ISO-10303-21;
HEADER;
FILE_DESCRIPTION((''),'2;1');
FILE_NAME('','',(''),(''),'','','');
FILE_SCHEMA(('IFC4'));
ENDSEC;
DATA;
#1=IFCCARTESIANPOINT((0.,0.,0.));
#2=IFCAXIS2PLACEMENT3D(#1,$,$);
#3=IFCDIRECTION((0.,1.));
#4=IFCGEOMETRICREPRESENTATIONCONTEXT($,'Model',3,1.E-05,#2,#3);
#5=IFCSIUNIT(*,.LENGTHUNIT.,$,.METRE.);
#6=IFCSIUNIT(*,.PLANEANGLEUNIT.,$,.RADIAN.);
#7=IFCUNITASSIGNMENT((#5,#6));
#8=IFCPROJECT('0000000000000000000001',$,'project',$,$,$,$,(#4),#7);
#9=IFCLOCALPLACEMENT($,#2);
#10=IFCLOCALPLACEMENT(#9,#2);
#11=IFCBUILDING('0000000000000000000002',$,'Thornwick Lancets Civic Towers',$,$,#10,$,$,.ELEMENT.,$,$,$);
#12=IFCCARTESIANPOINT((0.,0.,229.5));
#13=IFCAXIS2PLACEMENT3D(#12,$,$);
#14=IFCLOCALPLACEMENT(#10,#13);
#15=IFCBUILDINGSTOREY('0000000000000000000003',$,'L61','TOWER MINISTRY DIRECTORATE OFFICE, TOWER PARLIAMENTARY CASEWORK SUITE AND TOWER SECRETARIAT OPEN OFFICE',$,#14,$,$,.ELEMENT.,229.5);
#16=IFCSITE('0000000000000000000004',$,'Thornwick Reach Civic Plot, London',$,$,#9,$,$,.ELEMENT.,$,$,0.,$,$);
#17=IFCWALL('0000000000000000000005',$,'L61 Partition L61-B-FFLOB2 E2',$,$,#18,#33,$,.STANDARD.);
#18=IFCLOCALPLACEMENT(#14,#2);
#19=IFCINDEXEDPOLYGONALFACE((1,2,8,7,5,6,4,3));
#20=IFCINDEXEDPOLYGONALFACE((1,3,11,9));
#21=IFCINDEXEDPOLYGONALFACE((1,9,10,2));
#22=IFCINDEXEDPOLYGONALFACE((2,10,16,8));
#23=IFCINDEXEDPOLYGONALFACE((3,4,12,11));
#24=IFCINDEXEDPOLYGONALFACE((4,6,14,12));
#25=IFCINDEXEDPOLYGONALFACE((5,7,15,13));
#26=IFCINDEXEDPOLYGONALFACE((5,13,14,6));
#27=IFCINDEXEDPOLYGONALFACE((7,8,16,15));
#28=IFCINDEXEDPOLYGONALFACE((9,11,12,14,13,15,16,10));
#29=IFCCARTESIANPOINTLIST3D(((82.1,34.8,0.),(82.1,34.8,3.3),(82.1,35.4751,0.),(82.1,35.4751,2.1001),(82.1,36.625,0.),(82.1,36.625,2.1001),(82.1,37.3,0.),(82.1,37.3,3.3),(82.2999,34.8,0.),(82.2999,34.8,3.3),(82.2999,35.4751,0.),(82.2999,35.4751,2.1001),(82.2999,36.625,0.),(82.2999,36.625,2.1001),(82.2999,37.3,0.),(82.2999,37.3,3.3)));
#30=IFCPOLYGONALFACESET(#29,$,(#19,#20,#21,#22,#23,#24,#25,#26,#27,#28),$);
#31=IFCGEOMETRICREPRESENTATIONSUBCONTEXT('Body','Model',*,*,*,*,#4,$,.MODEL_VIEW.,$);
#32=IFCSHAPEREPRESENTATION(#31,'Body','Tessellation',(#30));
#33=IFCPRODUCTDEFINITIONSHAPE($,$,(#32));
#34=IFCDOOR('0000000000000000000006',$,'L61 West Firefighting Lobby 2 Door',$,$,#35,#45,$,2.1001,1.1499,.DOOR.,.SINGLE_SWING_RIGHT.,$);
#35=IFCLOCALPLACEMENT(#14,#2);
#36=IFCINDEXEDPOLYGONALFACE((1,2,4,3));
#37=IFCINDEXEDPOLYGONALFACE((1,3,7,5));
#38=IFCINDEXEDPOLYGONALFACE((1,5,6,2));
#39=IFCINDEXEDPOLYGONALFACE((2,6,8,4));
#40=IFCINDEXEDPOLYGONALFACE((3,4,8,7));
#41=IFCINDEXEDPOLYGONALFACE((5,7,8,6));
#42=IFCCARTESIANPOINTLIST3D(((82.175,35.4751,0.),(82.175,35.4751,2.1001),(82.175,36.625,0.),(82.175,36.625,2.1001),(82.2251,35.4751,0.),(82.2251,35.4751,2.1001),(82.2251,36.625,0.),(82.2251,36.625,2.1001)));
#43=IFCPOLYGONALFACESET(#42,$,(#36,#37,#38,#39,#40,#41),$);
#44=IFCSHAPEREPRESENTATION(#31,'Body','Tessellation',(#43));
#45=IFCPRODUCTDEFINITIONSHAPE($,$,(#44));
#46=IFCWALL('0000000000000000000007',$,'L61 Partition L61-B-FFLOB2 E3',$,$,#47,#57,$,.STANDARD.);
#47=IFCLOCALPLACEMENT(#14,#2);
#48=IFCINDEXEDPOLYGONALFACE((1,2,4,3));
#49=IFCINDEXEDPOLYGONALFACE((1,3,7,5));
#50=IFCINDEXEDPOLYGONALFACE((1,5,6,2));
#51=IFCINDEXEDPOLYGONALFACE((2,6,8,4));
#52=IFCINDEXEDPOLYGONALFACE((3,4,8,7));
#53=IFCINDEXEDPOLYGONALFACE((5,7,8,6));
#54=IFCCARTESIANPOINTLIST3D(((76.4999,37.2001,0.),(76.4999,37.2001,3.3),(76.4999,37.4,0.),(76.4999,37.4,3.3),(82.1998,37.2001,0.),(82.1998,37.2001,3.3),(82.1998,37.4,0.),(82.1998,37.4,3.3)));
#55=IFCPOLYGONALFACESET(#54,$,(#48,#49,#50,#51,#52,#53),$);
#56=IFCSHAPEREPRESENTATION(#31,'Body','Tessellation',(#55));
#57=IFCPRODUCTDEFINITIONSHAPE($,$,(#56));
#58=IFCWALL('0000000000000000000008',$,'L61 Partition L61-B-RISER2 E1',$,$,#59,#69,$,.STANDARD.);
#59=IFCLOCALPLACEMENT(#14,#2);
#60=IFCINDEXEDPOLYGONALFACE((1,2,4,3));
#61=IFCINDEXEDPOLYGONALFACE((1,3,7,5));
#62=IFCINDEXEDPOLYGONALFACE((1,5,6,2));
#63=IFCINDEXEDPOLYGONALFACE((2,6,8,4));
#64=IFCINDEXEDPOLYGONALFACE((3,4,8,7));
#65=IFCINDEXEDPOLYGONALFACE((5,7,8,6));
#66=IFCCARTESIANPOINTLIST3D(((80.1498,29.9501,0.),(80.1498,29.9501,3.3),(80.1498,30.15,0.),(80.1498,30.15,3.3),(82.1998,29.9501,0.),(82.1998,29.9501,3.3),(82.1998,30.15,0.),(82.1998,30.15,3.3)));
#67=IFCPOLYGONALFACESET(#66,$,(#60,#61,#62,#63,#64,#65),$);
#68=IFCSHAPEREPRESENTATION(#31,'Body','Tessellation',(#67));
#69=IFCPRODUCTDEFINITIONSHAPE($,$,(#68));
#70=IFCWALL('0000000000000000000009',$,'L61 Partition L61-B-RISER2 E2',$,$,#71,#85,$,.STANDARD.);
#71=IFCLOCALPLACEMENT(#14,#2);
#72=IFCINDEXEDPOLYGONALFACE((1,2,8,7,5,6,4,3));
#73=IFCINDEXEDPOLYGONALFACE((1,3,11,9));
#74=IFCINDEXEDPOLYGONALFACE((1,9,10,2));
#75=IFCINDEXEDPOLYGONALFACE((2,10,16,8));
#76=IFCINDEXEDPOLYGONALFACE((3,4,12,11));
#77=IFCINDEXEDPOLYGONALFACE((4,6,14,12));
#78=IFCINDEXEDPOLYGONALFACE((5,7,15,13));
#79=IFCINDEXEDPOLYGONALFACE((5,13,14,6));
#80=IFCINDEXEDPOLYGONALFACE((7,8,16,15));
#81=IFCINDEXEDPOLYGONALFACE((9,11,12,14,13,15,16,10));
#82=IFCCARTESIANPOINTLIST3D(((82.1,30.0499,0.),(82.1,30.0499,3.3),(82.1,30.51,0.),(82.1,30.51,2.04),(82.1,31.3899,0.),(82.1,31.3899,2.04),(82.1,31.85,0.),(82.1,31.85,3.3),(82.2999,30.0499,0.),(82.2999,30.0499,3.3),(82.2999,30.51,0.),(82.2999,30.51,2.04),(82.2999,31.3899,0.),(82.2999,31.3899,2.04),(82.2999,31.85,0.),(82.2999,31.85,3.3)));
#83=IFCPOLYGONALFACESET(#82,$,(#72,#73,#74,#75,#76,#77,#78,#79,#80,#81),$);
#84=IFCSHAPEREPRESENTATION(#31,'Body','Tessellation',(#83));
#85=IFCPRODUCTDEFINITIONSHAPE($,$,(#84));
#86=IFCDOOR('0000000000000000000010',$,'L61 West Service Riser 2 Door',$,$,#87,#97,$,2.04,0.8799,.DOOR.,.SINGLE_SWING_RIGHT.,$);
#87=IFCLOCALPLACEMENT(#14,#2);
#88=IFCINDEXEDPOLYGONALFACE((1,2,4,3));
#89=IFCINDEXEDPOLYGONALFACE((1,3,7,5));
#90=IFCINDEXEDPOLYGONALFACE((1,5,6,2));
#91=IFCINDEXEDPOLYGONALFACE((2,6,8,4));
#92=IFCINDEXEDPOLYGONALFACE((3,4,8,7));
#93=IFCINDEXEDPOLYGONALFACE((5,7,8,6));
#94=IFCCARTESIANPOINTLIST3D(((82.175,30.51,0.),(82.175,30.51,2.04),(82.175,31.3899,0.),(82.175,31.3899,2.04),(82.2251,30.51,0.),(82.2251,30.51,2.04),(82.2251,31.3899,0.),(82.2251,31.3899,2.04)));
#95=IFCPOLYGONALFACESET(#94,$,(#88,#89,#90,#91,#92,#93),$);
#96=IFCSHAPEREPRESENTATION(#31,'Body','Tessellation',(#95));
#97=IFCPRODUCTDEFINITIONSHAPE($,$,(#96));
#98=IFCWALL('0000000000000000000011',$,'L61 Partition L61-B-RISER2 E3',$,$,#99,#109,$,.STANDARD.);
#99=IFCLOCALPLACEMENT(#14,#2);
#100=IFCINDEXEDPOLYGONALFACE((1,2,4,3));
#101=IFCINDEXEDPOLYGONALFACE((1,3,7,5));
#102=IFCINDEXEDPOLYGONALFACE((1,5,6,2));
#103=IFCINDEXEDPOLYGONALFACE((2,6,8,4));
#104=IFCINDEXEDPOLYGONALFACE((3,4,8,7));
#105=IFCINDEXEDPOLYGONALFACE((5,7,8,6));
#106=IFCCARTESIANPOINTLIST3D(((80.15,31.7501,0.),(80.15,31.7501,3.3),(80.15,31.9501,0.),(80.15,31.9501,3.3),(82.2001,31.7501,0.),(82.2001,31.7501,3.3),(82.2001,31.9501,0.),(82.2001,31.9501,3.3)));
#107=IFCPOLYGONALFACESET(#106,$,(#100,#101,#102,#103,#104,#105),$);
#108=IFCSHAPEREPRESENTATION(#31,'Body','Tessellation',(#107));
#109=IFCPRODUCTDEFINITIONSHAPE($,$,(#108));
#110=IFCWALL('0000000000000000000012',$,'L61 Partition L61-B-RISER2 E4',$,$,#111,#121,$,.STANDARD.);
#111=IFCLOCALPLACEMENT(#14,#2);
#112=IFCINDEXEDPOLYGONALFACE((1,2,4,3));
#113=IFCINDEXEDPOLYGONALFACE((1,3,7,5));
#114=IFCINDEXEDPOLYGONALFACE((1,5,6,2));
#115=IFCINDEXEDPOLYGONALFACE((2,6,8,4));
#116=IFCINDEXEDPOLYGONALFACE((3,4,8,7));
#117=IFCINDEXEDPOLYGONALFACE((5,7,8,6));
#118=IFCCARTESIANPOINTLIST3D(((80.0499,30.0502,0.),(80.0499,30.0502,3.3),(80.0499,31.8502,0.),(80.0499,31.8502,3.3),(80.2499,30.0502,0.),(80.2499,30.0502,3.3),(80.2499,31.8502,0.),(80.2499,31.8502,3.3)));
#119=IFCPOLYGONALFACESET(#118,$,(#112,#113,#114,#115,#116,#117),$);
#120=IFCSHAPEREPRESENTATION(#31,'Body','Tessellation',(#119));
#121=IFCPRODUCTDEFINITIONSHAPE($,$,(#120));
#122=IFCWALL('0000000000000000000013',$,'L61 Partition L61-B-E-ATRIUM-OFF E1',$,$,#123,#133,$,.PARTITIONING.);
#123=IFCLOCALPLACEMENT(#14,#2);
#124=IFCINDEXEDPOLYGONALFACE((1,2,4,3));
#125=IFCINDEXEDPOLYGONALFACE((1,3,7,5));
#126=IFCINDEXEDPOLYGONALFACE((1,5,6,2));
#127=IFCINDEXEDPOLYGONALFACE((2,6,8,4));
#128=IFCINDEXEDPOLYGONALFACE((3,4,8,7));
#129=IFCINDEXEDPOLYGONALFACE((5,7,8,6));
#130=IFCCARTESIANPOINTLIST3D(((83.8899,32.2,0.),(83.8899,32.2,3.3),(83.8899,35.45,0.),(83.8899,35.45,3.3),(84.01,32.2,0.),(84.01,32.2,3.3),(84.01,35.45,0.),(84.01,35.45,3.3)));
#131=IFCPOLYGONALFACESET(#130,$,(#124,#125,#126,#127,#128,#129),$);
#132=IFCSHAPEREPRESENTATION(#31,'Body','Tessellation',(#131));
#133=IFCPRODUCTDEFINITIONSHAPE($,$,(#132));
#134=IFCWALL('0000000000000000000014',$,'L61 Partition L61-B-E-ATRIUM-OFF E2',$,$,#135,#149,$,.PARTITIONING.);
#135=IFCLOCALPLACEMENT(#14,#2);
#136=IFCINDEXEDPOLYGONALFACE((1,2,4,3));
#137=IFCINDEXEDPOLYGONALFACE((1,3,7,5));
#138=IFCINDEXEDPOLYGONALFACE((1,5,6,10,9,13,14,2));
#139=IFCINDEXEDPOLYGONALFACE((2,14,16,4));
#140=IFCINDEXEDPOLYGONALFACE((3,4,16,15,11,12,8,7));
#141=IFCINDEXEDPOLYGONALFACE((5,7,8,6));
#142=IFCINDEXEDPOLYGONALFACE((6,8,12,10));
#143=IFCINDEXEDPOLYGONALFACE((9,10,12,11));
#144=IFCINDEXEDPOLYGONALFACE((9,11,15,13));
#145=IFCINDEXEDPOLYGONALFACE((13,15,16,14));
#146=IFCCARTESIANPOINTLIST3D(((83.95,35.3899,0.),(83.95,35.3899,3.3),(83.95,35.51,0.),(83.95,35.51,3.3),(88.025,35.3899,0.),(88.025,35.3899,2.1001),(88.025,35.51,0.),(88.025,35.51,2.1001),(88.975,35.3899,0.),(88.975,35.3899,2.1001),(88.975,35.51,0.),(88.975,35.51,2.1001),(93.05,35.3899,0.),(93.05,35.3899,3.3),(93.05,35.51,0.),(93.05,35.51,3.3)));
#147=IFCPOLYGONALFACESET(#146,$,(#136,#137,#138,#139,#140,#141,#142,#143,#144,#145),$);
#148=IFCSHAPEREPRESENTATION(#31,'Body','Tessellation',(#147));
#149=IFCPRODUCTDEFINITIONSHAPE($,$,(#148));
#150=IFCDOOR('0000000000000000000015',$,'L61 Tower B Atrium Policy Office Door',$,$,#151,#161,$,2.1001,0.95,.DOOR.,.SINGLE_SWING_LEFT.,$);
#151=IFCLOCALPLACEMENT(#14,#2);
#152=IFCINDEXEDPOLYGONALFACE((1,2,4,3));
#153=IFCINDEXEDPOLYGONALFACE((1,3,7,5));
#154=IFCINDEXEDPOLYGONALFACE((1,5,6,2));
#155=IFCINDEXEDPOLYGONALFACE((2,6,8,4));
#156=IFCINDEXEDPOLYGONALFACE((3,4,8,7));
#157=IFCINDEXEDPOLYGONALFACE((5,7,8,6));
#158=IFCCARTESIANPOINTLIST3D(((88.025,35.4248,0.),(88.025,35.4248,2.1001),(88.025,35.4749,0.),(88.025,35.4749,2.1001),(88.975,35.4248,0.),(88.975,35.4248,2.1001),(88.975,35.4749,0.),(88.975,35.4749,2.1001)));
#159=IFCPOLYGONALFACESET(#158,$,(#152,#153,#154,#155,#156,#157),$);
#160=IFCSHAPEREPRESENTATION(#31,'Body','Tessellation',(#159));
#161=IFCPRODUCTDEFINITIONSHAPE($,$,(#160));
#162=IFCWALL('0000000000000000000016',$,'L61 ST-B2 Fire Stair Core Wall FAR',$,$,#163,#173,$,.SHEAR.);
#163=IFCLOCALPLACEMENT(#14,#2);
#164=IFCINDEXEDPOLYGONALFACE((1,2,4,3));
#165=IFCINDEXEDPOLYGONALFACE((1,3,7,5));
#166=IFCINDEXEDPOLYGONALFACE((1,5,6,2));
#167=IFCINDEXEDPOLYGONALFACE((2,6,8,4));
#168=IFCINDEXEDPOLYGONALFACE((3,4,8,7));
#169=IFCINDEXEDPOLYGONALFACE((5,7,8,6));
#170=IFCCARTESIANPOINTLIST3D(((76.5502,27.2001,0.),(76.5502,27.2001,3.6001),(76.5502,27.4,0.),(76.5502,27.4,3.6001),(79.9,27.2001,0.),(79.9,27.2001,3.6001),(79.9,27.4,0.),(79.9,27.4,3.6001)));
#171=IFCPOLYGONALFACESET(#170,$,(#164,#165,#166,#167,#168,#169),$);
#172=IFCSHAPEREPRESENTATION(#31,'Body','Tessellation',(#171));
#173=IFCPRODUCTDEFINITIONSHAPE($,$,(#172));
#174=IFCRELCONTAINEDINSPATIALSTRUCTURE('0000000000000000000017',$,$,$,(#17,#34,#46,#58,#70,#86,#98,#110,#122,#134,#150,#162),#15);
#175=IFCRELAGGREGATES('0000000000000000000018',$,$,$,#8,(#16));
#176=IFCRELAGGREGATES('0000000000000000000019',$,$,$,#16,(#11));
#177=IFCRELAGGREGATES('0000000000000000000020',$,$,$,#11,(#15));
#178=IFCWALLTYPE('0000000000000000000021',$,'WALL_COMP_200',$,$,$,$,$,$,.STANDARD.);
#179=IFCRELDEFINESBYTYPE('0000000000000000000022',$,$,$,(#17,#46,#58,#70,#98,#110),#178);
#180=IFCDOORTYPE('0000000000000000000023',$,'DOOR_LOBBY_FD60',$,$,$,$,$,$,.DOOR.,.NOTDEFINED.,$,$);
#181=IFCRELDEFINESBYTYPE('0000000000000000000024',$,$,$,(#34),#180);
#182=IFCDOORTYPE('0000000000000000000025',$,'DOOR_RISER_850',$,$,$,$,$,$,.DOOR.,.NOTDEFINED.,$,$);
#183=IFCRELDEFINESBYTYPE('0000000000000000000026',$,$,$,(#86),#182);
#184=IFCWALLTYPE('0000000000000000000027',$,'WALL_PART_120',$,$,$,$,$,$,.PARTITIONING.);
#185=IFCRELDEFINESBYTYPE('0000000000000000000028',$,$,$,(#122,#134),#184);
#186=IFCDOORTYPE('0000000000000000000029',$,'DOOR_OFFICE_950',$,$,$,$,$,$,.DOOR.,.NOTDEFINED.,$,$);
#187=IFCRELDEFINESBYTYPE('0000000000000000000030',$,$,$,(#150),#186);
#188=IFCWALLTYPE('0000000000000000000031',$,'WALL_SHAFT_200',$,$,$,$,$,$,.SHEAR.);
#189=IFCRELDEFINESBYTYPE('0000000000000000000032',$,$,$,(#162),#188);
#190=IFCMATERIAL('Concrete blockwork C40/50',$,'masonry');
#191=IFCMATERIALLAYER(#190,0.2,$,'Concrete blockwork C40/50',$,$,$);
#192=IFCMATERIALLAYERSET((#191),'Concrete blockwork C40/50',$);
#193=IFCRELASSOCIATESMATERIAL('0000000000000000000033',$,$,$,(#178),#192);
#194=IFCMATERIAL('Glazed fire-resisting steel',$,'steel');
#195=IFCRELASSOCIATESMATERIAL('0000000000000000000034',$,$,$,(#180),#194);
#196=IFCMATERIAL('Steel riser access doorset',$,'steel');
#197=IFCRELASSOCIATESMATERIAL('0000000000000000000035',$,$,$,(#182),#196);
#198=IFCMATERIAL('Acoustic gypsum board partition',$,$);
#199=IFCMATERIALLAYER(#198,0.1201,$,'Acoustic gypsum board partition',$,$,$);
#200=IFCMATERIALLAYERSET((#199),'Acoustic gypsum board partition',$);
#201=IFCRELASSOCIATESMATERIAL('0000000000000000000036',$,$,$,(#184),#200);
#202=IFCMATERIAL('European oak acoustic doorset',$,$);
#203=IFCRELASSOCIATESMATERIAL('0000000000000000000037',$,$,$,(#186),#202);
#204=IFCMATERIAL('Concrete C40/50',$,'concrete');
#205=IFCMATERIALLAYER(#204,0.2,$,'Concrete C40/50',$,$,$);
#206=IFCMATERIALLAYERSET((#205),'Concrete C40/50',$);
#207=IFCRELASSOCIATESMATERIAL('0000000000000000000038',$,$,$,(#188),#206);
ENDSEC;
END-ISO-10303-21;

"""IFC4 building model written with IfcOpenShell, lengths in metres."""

from ifc_helpers import new_model, si_unit, direction, frame, frame_2d, origin, place, context, subcontext, project, spatial, rectangle, extrude, material, layer, layer_set, type_object, element, fill, save


model = new_model("IFC4")

# Units and contexts
model_context = context("Model", 3, precision=1e-05, world=origin(), true_north=direction((0.0, 1.0)))
body_context = subcontext(model_context, "Body", "Model", "MODEL_VIEW")
ifc_project = project(units=[si_unit("LENGTHUNIT", "METRE"), si_unit("PLANEANGLEUNIT", "RADIAN")], contexts=[model_context])

# Site, building, storey
site_placement = place(None, origin())
site = spatial("IfcSite", under=ifc_project, at=site_placement, Name="Thornwick Reach Civic Plot, London", CompositionType="ELEMENT", RefElevation=0.0)
building_placement = place(site_placement, origin())
building = spatial("IfcBuilding", under=site, at=building_placement, Name="Thornwick Lancets Civic Towers", CompositionType="ELEMENT")
storey_placement = place(building_placement, frame((0.0, 0.0, 229.5)))
storey = spatial("IfcBuildingStorey", under=building, at=storey_placement, Name="L61", Description="TOWER MINISTRY DIRECTORATE OFFICE, TOWER PARLIAMENTARY CASEWORK SUITE AND TOWER SECRETARIAT OPEN OFFICE", CompositionType="ELEMENT", Elevation=229.5)

# Shared definitions
ifc_material_1 = material(Name="Concrete blockwork C40/50", Category="masonry")
ifc_layer_1 = layer(ifc_material_1, 0.2, Name="Concrete blockwork C40/50")
ifc_layer_set_1 = layer_set([ifc_layer_1], Name="Concrete blockwork C40/50")
wall_type_1 = type_object("IfcWallType", Name="WALL_COMP_200", PredefinedType="STANDARD", material=ifc_layer_set_1)

# Wall, opening, door
wall_1_placement = place(storey_placement, frame((82.2, 34.8, 0.0), z_axis=(0.0, 0.0, 1.0), x_axis=(0.0, 1.0, 0.0)))
wall_1 = element("IfcWall", 1, at=wall_1_placement, inside=storey, type_object=wall_type_1, Name="L61 Partition L61-B-FFLOB2 E2", PredefinedType="STANDARD", context=body_context, shape_type="SweptSolid", body=[
    extrude(rectangle(XDim=2.5, YDim=0.2, at=frame_2d((1.25, 0.0))), origin(), (0.0, 0.0, 1.0), 3.3),
])
opening_1_placement = place(wall_1_placement, frame((0.675, 0.0, 0.0)))
opening_1 = element("IfcOpeningElement", 2, at=opening_1_placement, cuts=wall_1, PredefinedType="OPENING", context=body_context, shape_type="SweptSolid", body=[
    extrude(rectangle(XDim=1.1499, YDim=2.1001, at=frame_2d((0.575, 1.05))), frame((0.0, 0.1099, 0.0), z_axis=(0.0, -1.0, 0.0), x_axis=(1.0, 0.0, 0.0)), (0.0, 0.0, 1.0), 0.22),
])
ifc_material_2 = material(Name="Glazed fire-resisting steel", Category="steel")
door_type_1 = type_object("IfcDoorType", Name="DOOR_LOBBY_FD60", OperationType="NOTDEFINED", PredefinedType="DOOR", material=ifc_material_2)
door_1_placement = place(opening_1_placement, origin())
door_1 = element("IfcDoor", 3, at=door_1_placement, inside=storey, type_object=door_type_1, Name="L61 West Firefighting Lobby 2 Door", OperationType="SINGLE_SWING_RIGHT", OverallHeight=2.1001, OverallWidth=1.1499, PredefinedType="DOOR", context=body_context, shape_type="SweptSolid", body=[
    extrude(rectangle(XDim=1.1499, YDim=2.1001, at=frame_2d((0.575, 1.05))), frame((0.0, 0.0249, 0.0), z_axis=(0.0, -1.0, 0.0), x_axis=(1.0, 0.0, 0.0)), (0.0, 0.0, 1.0), 0.05),
])
fill(opening_1, door_1)

# Walls
wall_2_placement = place(storey_placement, frame((82.2, 37.3, 0.0), z_axis=(0.0, 0.0, 1.0), x_axis=(-1.0, 0.0, 0.0)))
element("IfcWall", 4, at=wall_2_placement, inside=storey, type_object=wall_type_1, Name="L61 Partition L61-B-FFLOB2 E3", PredefinedType="STANDARD", context=body_context, shape_type="SweptSolid", body=[
    extrude(rectangle(XDim=5.7, YDim=0.2, at=frame_2d((2.8501, 0.0))), origin(), (0.0, 0.0, 1.0), 3.3),
])
wall_3_placement = place(storey_placement, frame((80.1499, 30.05, 0.0), z_axis=(0.0, 0.0, 1.0), x_axis=(1.0, 0.0, 0.0)))
element("IfcWall", 5, at=wall_3_placement, inside=storey, type_object=wall_type_1, Name="L61 Partition L61-B-RISER2 E1", PredefinedType="STANDARD", context=body_context, shape_type="SweptSolid", body=[
    extrude(rectangle(XDim=2.05, YDim=0.2, at=frame_2d((1.0249, 0.0))), origin(), (0.0, 0.0, 1.0), 3.3),
])

# Wall, opening, door
wall_4_placement = place(storey_placement, frame((82.2, 30.05, 0.0), z_axis=(0.0, 0.0, 1.0), x_axis=(0.0, 1.0, 0.0)))
wall_4 = element("IfcWall", 6, at=wall_4_placement, inside=storey, type_object=wall_type_1, Name="L61 Partition L61-B-RISER2 E2", PredefinedType="STANDARD", context=body_context, shape_type="SweptSolid", body=[
    extrude(rectangle(XDim=1.8, YDim=0.2, at=frame_2d((0.8999, 0.0))), origin(), (0.0, 0.0, 1.0), 3.3),
])
opening_2_placement = place(wall_4_placement, frame((0.46, 0.0, 0.0)))
opening_2 = element("IfcOpeningElement", 7, at=opening_2_placement, cuts=wall_4, PredefinedType="OPENING", context=body_context, shape_type="SweptSolid", body=[
    extrude(rectangle(XDim=0.8799, YDim=2.04, at=frame_2d((0.4399, 1.02))), frame((0.0, 0.1099, 0.0), z_axis=(0.0, -1.0, 0.0), x_axis=(1.0, 0.0, 0.0)), (0.0, 0.0, 1.0), 0.22),
])
ifc_material_3 = material(Name="Steel riser access doorset", Category="steel")
door_type_2 = type_object("IfcDoorType", Name="DOOR_RISER_850", OperationType="NOTDEFINED", PredefinedType="DOOR", material=ifc_material_3)
door_2_placement = place(opening_2_placement, origin())
door_2 = element("IfcDoor", 8, at=door_2_placement, inside=storey, type_object=door_type_2, Name="L61 West Service Riser 2 Door", OperationType="SINGLE_SWING_RIGHT", OverallHeight=2.04, OverallWidth=0.8799, PredefinedType="DOOR", context=body_context, shape_type="SweptSolid", body=[
    extrude(rectangle(XDim=0.8799, YDim=2.04, at=frame_2d((0.4399, 1.02))), frame((0.0, 0.0249, 0.0), z_axis=(0.0, -1.0, 0.0), x_axis=(1.0, 0.0, 0.0)), (0.0, 0.0, 1.0), 0.05),
])
fill(opening_2, door_2)

# Walls
wall_5_placement = place(storey_placement, frame((82.2, 31.8501, 0.0), z_axis=(0.0, 0.0, 1.0), x_axis=(-1.0, 0.0, 0.0)))
element("IfcWall", 9, at=wall_5_placement, inside=storey, type_object=wall_type_1, Name="L61 Partition L61-B-RISER2 E3", PredefinedType="STANDARD", context=body_context, shape_type="SweptSolid", body=[
    extrude(rectangle(XDim=2.05, YDim=0.2, at=frame_2d((1.0249, 0.0))), origin(), (0.0, 0.0, 1.0), 3.3),
])
wall_6_placement = place(storey_placement, frame((80.1499, 31.8501, 0.0), z_axis=(0.0, 0.0, 1.0), x_axis=(0.0, -1.0, 0.0)))
element("IfcWall", 10, at=wall_6_placement, inside=storey, type_object=wall_type_1, Name="L61 Partition L61-B-RISER2 E4", PredefinedType="STANDARD", context=body_context, shape_type="SweptSolid", body=[
    extrude(rectangle(XDim=1.8, YDim=0.2, at=frame_2d((0.8999, 0.0))), origin(), (0.0, 0.0, 1.0), 3.3),
])
ifc_material_4 = material(Name="Acoustic gypsum board partition")
ifc_layer_2 = layer(ifc_material_4, 0.1201, Name="Acoustic gypsum board partition")
ifc_layer_set_2 = layer_set([ifc_layer_2], Name="Acoustic gypsum board partition")
wall_type_2 = type_object("IfcWallType", Name="WALL_PART_120", PredefinedType="PARTITIONING", material=ifc_layer_set_2)
wall_7_placement = place(storey_placement, frame((83.95, 32.2, 0.0), z_axis=(0.0, 0.0, 1.0), x_axis=(0.0, 1.0, 0.0)))
element("IfcWall", 11, at=wall_7_placement, inside=storey, type_object=wall_type_2, Name="L61 Partition L61-B-E-ATRIUM-OFF E1", PredefinedType="PARTITIONING", context=body_context, shape_type="SweptSolid", body=[
    extrude(rectangle(XDim=3.25, YDim=0.1201, at=frame_2d((1.625, 0.0))), origin(), (0.0, 0.0, 1.0), 3.3),
])

# Wall, opening, door
wall_8_placement = place(storey_placement, frame((83.95, 35.45, 0.0), z_axis=(0.0, 0.0, 1.0), x_axis=(1.0, 0.0, 0.0)))
wall_8 = element("IfcWall", 12, at=wall_8_placement, inside=storey, type_object=wall_type_2, Name="L61 Partition L61-B-E-ATRIUM-OFF E2", PredefinedType="PARTITIONING", context=body_context, shape_type="SweptSolid", body=[
    extrude(rectangle(XDim=9.1001, YDim=0.1201, at=frame_2d((4.55, 0.0))), origin(), (0.0, 0.0, 1.0), 3.3),
])
opening_3_placement = place(wall_8_placement, frame((4.075, 0.0, 0.0)))
opening_3 = element("IfcOpeningElement", 13, at=opening_3_placement, cuts=wall_8, PredefinedType="OPENING", context=body_context, shape_type="SweptSolid", body=[
    extrude(rectangle(XDim=0.95, YDim=2.1001, at=frame_2d((0.4751, 1.05))), frame((0.0, 0.0701, 0.0), z_axis=(0.0, -1.0, 0.0), x_axis=(1.0, 0.0, 0.0)), (0.0, 0.0, 1.0), 0.1401),
])
ifc_material_5 = material(Name="European oak acoustic doorset")
door_type_3 = type_object("IfcDoorType", Name="DOOR_OFFICE_950", OperationType="NOTDEFINED", PredefinedType="DOOR", material=ifc_material_5)
door_3_placement = place(opening_3_placement, origin())
door_3 = element("IfcDoor", 14, at=door_3_placement, inside=storey, type_object=door_type_3, Name="L61 Tower B Atrium Policy Office Door", OperationType="SINGLE_SWING_LEFT", OverallHeight=2.1001, OverallWidth=0.95, PredefinedType="DOOR", context=body_context, shape_type="SweptSolid", body=[
    extrude(rectangle(XDim=0.95, YDim=2.1001, at=frame_2d((0.4751, 1.05))), frame((0.0, 0.0249, 0.0), z_axis=(0.0, -1.0, 0.0), x_axis=(1.0, 0.0, 0.0)), (0.0, 0.0, 1.0), 0.05),
])
fill(opening_3, door_3)

# Wall
ifc_material_6 = material(Name="Concrete C40/50", Category="concrete")
ifc_layer_3 = layer(ifc_material_6, 0.2, Name="Concrete C40/50")
ifc_layer_set_3 = layer_set([ifc_layer_3], Name="Concrete C40/50")
wall_type_3 = type_object("IfcWallType", Name="WALL_SHAFT_200", PredefinedType="SHEAR", material=ifc_layer_set_3)
wall_9_placement = place(storey_placement, frame((79.8999, 27.3, 0.0), z_axis=(0.0, 0.0, 1.0), x_axis=(-1.0, 0.0, 0.0)))
element("IfcWall", 15, at=wall_9_placement, inside=storey, type_object=wall_type_3, Name="L61 ST-B2 Fire Stair Core Wall FAR", PredefinedType="SHEAR", context=body_context, shape_type="SweptSolid", body=[
    extrude(rectangle(XDim=3.3499, YDim=0.2, at=frame_2d((1.6748, 0.0))), origin(), (0.0, 0.0, 1.0), 3.6001),
])

save(model, "model.ifc")
